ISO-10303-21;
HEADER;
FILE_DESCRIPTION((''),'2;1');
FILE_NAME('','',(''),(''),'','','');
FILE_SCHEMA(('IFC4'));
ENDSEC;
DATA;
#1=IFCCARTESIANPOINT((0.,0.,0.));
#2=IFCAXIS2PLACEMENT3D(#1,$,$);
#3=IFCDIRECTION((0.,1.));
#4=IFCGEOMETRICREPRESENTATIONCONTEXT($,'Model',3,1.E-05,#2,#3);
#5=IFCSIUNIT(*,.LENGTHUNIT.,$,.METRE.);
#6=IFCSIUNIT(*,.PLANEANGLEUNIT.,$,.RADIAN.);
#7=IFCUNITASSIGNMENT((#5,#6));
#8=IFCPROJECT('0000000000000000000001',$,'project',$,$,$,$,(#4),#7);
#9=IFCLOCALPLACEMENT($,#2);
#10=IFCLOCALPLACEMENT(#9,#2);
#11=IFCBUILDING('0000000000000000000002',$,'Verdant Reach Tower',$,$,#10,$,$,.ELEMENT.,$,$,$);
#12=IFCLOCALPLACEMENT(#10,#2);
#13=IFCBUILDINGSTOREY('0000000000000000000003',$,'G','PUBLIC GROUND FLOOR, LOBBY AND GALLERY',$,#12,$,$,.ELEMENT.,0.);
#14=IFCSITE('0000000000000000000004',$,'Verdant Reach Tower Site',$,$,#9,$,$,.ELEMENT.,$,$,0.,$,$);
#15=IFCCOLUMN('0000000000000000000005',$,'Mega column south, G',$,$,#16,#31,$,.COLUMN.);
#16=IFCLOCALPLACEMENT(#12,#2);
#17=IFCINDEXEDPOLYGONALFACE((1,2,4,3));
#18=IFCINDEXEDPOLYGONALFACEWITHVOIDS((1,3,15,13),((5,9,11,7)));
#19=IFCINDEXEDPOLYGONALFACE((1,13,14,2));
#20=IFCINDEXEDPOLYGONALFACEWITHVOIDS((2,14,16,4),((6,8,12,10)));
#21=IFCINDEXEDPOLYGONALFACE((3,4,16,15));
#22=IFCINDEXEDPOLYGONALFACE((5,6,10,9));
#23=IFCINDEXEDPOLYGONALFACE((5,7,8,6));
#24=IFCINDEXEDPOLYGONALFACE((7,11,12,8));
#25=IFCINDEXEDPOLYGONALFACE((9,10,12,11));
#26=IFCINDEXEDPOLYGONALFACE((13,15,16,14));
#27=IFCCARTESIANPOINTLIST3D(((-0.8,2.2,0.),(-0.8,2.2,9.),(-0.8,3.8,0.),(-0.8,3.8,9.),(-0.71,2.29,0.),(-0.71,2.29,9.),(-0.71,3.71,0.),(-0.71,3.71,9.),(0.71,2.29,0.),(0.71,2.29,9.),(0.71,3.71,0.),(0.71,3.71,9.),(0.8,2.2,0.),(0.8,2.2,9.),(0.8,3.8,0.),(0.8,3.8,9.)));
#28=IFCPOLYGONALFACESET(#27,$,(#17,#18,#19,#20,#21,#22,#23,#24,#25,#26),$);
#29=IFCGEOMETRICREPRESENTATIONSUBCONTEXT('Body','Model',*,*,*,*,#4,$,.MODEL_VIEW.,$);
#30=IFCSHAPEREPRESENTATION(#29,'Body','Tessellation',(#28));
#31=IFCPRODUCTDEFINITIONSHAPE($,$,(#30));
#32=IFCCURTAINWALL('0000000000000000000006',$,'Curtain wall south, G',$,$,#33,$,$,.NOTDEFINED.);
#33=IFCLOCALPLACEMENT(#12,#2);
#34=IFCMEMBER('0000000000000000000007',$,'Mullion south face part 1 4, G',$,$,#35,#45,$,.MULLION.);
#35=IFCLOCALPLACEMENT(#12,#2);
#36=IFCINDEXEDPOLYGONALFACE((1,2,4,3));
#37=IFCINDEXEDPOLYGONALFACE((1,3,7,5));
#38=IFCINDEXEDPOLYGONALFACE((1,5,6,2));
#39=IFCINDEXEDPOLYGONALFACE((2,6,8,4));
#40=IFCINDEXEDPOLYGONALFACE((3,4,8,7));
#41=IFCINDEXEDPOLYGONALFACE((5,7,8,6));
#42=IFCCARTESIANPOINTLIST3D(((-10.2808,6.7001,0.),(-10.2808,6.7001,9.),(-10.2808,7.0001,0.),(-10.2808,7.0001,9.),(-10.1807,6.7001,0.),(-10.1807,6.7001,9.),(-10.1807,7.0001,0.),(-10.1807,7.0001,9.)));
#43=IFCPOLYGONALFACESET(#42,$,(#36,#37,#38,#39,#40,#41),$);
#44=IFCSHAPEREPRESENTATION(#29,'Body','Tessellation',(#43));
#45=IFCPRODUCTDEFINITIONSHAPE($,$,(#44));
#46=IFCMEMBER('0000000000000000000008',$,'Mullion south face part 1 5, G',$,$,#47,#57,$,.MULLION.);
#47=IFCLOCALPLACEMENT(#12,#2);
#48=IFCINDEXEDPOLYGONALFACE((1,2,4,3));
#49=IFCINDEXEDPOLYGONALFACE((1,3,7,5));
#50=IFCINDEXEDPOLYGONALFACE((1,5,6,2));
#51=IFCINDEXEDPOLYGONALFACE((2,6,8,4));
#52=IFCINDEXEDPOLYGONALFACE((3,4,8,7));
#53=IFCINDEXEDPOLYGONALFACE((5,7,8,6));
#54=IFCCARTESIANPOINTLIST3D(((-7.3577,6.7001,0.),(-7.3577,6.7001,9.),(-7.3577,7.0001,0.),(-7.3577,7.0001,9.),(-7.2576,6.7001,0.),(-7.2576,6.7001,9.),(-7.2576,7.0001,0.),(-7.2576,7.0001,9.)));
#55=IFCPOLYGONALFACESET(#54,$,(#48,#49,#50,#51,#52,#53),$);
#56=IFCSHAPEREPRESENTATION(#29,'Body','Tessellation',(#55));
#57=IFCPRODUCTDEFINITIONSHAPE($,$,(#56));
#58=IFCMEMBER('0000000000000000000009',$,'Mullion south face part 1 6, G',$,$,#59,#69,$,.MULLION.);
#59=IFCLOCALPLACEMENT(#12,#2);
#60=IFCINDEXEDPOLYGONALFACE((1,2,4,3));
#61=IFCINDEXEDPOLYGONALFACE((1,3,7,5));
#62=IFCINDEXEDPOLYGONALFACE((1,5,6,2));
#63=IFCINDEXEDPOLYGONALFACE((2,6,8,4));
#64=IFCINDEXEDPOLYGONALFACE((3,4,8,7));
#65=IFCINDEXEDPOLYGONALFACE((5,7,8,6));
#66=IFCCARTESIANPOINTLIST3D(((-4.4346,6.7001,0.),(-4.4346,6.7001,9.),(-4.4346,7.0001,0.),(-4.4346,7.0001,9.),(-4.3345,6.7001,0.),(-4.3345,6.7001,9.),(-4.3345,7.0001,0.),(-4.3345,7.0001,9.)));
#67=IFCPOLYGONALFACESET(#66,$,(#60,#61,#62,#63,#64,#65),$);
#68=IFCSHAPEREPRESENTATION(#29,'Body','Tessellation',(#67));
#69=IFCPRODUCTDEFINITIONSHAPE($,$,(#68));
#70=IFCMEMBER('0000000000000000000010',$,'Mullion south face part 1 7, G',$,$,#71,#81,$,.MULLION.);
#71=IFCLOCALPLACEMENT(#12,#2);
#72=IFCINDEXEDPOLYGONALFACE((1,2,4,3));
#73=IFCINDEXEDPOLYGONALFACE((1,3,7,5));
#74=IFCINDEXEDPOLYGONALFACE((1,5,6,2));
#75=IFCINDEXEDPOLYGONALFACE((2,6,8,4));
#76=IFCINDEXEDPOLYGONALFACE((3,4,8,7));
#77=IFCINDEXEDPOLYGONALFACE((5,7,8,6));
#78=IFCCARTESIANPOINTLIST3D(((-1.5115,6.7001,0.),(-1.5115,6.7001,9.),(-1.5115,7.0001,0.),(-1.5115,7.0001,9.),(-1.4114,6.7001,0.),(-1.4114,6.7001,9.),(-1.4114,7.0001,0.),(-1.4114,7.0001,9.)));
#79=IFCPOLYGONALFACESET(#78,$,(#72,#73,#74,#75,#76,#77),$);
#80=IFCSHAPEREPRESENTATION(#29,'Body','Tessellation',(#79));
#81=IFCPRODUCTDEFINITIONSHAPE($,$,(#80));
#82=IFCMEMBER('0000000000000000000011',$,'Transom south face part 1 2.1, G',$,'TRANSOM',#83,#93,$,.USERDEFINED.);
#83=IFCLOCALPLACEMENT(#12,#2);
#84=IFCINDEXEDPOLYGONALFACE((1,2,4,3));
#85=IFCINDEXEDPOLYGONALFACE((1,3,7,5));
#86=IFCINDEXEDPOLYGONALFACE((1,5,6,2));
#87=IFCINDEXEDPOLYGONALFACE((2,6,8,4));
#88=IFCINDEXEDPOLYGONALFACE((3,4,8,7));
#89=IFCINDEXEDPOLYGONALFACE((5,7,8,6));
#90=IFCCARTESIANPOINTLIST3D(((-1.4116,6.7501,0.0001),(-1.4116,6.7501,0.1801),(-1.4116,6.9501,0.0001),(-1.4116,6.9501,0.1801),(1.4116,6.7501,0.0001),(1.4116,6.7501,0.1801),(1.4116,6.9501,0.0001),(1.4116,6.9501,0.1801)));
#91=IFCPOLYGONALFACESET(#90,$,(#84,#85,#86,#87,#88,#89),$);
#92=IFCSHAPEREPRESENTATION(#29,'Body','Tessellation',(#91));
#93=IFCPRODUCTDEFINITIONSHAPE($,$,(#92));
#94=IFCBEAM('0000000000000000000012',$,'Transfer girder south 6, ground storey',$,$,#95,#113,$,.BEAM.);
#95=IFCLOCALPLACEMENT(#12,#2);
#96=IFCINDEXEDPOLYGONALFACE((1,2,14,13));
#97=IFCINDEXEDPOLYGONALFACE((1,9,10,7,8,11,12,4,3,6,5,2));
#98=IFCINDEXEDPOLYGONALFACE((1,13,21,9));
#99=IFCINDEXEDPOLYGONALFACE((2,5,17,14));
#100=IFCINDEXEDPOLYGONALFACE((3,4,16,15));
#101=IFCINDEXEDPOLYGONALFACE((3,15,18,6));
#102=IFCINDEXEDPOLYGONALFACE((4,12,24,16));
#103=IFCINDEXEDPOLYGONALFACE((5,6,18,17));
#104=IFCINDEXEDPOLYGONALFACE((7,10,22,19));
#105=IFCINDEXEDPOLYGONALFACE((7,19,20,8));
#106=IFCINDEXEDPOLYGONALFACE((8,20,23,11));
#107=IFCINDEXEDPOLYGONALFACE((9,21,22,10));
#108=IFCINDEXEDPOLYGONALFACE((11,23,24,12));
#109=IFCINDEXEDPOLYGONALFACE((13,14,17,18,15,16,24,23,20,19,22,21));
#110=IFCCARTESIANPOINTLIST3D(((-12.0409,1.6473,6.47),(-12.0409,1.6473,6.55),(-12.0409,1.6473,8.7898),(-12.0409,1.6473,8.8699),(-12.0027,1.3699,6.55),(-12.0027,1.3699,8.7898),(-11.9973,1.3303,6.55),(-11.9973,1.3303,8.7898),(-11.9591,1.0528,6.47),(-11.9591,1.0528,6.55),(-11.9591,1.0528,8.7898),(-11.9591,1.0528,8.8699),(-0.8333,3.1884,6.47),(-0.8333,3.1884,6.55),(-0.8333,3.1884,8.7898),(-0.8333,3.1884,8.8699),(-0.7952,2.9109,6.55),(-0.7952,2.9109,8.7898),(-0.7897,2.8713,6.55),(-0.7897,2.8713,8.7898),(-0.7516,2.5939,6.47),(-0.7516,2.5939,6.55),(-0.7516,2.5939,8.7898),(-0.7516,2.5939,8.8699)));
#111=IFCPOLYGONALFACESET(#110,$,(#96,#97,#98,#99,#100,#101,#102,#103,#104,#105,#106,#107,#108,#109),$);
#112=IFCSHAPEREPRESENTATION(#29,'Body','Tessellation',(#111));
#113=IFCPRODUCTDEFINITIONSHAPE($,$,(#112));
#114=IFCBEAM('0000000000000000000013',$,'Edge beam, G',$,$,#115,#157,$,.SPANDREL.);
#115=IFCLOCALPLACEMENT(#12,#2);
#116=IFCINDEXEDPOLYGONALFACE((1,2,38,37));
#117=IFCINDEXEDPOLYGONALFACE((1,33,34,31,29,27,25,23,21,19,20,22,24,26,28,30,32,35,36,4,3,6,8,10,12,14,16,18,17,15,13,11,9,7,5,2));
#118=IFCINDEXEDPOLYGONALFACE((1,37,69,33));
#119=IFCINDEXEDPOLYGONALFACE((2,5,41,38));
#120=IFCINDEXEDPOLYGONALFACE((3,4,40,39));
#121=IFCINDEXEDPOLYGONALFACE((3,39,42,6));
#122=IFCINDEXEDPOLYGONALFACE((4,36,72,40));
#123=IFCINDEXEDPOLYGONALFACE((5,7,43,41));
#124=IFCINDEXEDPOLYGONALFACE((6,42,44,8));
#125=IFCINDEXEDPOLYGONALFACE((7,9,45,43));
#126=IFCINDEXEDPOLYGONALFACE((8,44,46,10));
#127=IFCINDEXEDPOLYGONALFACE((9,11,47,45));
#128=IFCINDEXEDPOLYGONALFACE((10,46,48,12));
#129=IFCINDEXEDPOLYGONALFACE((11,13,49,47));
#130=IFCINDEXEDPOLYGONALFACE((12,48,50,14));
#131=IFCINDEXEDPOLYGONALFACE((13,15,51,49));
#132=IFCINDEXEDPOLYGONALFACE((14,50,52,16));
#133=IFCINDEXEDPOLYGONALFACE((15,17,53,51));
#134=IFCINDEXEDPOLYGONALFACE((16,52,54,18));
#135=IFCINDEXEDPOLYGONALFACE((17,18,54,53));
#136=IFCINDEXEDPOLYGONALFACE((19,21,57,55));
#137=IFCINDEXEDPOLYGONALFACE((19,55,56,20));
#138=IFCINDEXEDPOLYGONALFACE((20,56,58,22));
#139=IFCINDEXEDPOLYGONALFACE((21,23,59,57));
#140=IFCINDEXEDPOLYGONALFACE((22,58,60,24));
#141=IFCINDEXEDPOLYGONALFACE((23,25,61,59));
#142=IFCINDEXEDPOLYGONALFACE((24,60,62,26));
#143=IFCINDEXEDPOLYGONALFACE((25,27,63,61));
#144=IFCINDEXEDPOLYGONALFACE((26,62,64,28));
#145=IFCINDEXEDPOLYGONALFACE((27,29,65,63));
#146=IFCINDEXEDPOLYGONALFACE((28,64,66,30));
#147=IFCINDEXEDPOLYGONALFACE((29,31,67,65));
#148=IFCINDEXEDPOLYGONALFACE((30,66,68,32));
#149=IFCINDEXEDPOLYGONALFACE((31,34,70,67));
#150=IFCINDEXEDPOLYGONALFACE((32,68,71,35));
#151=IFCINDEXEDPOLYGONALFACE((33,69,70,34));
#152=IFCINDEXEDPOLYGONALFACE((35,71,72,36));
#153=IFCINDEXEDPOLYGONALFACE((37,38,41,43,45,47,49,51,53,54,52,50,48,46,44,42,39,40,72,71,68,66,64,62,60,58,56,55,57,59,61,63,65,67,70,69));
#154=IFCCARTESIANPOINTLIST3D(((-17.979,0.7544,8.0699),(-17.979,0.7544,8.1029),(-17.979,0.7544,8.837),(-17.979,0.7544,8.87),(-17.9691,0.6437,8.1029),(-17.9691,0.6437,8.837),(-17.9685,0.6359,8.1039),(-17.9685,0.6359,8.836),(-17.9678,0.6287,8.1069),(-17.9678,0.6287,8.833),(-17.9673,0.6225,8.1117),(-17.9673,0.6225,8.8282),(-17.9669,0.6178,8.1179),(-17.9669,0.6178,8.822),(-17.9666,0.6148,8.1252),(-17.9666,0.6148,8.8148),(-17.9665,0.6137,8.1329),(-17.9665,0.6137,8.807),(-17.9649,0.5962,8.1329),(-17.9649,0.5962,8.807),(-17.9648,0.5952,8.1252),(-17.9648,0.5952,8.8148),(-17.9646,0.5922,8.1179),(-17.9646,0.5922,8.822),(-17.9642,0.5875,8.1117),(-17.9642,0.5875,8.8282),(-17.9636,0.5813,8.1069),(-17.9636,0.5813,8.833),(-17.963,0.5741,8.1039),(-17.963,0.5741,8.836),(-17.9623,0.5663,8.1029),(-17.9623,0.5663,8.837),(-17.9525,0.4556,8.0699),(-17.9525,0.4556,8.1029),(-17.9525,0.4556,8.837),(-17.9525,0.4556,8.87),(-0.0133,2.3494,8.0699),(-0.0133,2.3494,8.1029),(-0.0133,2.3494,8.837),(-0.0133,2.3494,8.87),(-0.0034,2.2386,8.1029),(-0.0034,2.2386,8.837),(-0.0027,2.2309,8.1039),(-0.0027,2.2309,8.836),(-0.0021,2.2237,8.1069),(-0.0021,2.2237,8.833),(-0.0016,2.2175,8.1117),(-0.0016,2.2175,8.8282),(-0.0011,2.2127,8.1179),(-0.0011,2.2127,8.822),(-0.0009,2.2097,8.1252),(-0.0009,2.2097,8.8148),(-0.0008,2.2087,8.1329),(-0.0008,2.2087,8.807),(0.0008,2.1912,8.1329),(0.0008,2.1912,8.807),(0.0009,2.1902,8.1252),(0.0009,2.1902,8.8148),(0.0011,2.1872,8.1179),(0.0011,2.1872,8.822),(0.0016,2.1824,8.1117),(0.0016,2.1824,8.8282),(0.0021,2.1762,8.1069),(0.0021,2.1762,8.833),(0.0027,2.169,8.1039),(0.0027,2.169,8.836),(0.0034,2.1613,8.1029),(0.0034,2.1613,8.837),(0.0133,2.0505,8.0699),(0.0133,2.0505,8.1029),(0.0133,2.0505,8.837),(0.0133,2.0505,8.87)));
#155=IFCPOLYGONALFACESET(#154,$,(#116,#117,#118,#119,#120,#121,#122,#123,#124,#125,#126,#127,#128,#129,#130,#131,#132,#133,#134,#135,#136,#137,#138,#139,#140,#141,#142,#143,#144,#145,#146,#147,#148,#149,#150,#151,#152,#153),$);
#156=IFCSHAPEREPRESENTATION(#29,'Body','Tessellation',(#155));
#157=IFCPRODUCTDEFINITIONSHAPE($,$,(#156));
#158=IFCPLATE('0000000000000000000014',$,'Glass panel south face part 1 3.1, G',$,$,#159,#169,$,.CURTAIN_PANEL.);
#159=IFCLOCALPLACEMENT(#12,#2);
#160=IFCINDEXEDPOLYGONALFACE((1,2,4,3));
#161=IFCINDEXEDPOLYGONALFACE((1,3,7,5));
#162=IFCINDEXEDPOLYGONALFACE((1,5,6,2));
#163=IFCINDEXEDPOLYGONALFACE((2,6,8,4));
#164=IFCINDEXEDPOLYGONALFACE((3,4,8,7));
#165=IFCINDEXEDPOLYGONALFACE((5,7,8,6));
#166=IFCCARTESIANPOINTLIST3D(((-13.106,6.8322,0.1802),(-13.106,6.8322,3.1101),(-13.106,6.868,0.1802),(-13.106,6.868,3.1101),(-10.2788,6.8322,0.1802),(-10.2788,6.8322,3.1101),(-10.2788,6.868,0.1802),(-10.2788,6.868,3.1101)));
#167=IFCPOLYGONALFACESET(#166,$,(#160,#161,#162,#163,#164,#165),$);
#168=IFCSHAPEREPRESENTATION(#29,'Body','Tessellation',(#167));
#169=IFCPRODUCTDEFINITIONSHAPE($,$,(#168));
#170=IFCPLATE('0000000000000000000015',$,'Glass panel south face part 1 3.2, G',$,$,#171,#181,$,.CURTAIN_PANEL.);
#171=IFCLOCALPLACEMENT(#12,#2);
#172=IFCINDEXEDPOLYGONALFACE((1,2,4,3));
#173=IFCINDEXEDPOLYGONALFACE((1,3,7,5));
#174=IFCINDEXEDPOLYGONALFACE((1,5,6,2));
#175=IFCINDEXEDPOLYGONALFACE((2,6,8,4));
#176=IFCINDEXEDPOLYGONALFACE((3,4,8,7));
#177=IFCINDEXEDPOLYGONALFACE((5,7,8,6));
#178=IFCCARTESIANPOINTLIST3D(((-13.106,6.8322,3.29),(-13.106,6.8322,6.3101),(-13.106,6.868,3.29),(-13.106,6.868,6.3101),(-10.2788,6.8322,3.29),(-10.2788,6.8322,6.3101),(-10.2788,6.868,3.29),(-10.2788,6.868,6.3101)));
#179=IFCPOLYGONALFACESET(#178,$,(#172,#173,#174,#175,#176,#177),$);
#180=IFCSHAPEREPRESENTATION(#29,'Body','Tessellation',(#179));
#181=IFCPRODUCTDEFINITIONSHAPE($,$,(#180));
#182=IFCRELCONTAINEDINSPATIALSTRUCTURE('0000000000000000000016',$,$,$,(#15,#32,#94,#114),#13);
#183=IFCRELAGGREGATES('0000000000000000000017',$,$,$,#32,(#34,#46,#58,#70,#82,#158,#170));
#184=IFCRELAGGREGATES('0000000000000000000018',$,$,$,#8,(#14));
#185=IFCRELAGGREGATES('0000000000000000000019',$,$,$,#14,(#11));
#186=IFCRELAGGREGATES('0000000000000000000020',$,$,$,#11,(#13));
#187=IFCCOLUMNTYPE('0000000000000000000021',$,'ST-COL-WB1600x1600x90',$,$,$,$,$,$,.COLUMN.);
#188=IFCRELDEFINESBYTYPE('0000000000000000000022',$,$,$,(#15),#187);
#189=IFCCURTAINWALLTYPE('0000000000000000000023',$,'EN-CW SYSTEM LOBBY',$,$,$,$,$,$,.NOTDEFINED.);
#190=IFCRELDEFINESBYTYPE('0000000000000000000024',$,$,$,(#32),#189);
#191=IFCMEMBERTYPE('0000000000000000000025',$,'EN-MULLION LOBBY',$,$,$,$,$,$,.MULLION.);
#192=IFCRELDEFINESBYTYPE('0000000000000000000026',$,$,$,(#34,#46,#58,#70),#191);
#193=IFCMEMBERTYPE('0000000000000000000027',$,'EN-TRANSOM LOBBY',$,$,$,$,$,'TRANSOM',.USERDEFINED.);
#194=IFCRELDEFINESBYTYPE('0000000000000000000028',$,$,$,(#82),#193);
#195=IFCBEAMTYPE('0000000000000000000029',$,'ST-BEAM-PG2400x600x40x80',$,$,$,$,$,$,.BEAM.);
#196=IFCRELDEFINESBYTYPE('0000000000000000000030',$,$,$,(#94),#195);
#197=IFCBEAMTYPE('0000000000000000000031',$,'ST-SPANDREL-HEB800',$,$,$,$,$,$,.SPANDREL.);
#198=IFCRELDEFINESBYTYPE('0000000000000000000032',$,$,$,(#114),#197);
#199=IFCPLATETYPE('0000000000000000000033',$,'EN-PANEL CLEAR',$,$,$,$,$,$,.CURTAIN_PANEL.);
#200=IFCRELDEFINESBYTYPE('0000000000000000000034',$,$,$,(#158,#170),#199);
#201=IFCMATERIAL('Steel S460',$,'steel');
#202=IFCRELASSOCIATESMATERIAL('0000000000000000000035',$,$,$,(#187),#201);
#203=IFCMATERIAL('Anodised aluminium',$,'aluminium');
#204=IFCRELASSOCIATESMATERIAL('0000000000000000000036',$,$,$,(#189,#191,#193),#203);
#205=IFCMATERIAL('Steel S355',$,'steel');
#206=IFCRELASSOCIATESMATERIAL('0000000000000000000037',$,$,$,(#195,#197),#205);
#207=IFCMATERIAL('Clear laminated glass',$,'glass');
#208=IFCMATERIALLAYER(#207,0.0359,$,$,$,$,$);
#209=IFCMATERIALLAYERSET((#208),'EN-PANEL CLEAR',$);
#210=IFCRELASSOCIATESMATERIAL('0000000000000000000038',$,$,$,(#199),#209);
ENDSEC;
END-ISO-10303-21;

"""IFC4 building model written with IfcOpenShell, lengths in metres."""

from ifc_helpers import new_model, si_unit, direction, frame, origin, origin_2d, place, context, subcontext, project, spatial, rectangle, hollow_rectangle, i_section, extrude, material, layer, layer_set, material_profile, profile_set, type_object, element, aggregate, save


model = new_model("IFC4")

# Units and contexts
model_context = context("Model", 3, precision=1e-05, world=origin(), true_north=direction((0.0, 1.0)))
body_context = subcontext(model_context, "Body", "Model", "MODEL_VIEW")
ifc_project = project(units=[si_unit("LENGTHUNIT", "METRE"), si_unit("PLANEANGLEUNIT", "RADIAN")], contexts=[model_context])

# Site, building, storey
site_placement = place(None, origin())
site = spatial("IfcSite", under=ifc_project, at=site_placement, Name="Verdant Reach Tower Site", CompositionType="ELEMENT", RefElevation=0.0)
building_placement = place(site_placement, origin())
building = spatial("IfcBuilding", under=site, at=building_placement, Name="Verdant Reach Tower", CompositionType="ELEMENT")
storey_placement = place(building_placement, origin())
storey = spatial("IfcBuildingStorey", under=building, at=storey_placement, Name="G", Description="PUBLIC GROUND FLOOR, LOBBY AND GALLERY", CompositionType="ELEMENT", Elevation=0.0)

# Column
ifc_material_1 = material(Name="Steel S460", Category="steel")
ifc_material_profile_1 = material_profile(ifc_material_1, hollow_rectangle(XDim=1.6001, YDim=1.6001, WallThickness=0.0901, at=origin_2d()), Name="WB 1600x1600x90")
ifc_profile_set_1 = profile_set([ifc_material_profile_1], Name="Steel S460")
column_type = type_object("IfcColumnType", Name="ST-COL-WB1600x1600x90", PredefinedType="COLUMN", material=ifc_profile_set_1)
column_placement = place(storey_placement, frame((0.0, 3.0, 0.0), z_axis=(0.0, 0.0, 1.0), x_axis=(1.0, 0.0, 0.0)))
element("IfcColumn", 1, at=column_placement, inside=storey, type_object=column_type, Name="Mega column south, G", PredefinedType="COLUMN", context=body_context, shape_type="SweptSolid", body=[
    extrude(hollow_rectangle(XDim=1.6001, YDim=1.6001, WallThickness=0.0901, at=origin_2d()), origin(), (0.0, 0.0, 1.0), 9.0),
])

# Curtain wall, members
ifc_material_2 = material(Name="Anodised aluminium", Category="aluminium")
curtain_wall_type = type_object("IfcCurtainWallType", Name="EN-CW SYSTEM LOBBY", PredefinedType="NOTDEFINED", material=ifc_material_2)
curtain_wall_placement = place(storey_placement, origin())
curtain_wall = element("IfcCurtainWall", 2, at=curtain_wall_placement, inside=storey, type_object=curtain_wall_type, Name="Curtain wall south, G", PredefinedType="NOTDEFINED")
ifc_material_profile_2 = material_profile(ifc_material_2, rectangle(XDim=0.3, YDim=0.1001, at=origin_2d()), Name="Mullion 100x300")
ifc_profile_set_2 = profile_set([ifc_material_profile_2], Name="Anodised aluminium")
member_type_1 = type_object("IfcMemberType", Name="EN-MULLION LOBBY", PredefinedType="MULLION", material=ifc_profile_set_2)
member_1_placement = place(storey_placement, frame((-10.2307, 6.8501, 0.0), z_axis=(0.0, 0.0, 1.0), x_axis=(0.0, -1.0, 0.0)))
member_1 = element("IfcMember", 3, at=member_1_placement, type_object=member_type_1, Name="Mullion south face part 1 4, G", PredefinedType="MULLION", context=body_context, shape_type="SweptSolid", body=[
    extrude(rectangle(XDim=0.3, YDim=0.1001, at=origin_2d()), origin(), (0.0, 0.0, 1.0), 9.0),
])
member_2_placement = place(storey_placement, frame((-7.3076, 6.8501, 0.0), z_axis=(0.0, 0.0, 1.0), x_axis=(0.0, -1.0, 0.0)))
member_2 = element("IfcMember", 4, at=member_2_placement, type_object=member_type_1, Name="Mullion south face part 1 5, G", PredefinedType="MULLION", context=body_context, shape_type="SweptSolid", body=[
    extrude(rectangle(XDim=0.3, YDim=0.1001, at=origin_2d()), origin(), (0.0, 0.0, 1.0), 9.0),
])
member_3_placement = place(storey_placement, frame((-4.3845, 6.8501, 0.0), z_axis=(0.0, 0.0, 1.0), x_axis=(0.0, -1.0, 0.0)))
member_3 = element("IfcMember", 5, at=member_3_placement, type_object=member_type_1, Name="Mullion south face part 1 6, G", PredefinedType="MULLION", context=body_context, shape_type="SweptSolid", body=[
    extrude(rectangle(XDim=0.3, YDim=0.1001, at=origin_2d()), origin(), (0.0, 0.0, 1.0), 9.0),
])
member_4_placement = place(storey_placement, frame((-1.4614, 6.8501, 0.0), z_axis=(0.0, 0.0, 1.0), x_axis=(0.0, -1.0, 0.0)))
member_4 = element("IfcMember", 6, at=member_4_placement, type_object=member_type_1, Name="Mullion south face part 1 7, G", PredefinedType="MULLION", context=body_context, shape_type="SweptSolid", body=[
    extrude(rectangle(XDim=0.3, YDim=0.1001, at=origin_2d()), origin(), (0.0, 0.0, 1.0), 9.0),
])
ifc_material_profile_3 = material_profile(ifc_material_2, rectangle(XDim=0.2, YDim=0.1799, at=origin_2d()), Name="Transom 180x200")
ifc_profile_set_3 = profile_set([ifc_material_profile_3], Name="Anodised aluminium")
member_type_2 = type_object("IfcMemberType", Name="EN-TRANSOM LOBBY", ElementType="TRANSOM", PredefinedType="USERDEFINED", material=ifc_profile_set_3)
member_5_placement = place(storey_placement, frame((-1.4116, 6.8501, 0.0901), z_axis=(1.0, 0.0, 0.0), x_axis=(0.0, 1.0, 0.0)))
member_5 = element("IfcMember", 7, at=member_5_placement, type_object=member_type_2, Name="Transom south face part 1 2.1, G", ObjectType="TRANSOM", PredefinedType="USERDEFINED", context=body_context, shape_type="SweptSolid", body=[
    extrude(rectangle(XDim=0.2, YDim=0.1799, at=origin_2d()), origin(), (0.0, 0.0, 1.0), 2.8232),
])

# Beams
ifc_material_3 = material(Name="Steel S355", Category="steel")
ifc_material_profile_4 = material_profile(ifc_material_3, i_section(OverallWidth=0.6001, OverallDepth=2.3999, WebThickness=0.04, FlangeThickness=0.0801, at=origin_2d()), Name="PG 2400x600x40x80")
ifc_profile_set_4 = profile_set([ifc_material_profile_4], Name="Steel S355")
beam_type_1 = type_object("IfcBeamType", Name="ST-BEAM-PG2400x600x40x80", PredefinedType="BEAM", material=ifc_profile_set_4)
beam_1_placement = place(storey_placement, frame((-12.0, 1.3501, 7.6699), z_axis=(0.990679, 0.136217, 0.0), x_axis=(-0.136217, 0.990679, 0.0)))
element("IfcBeam", 8, at=beam_1_placement, inside=storey, type_object=beam_type_1, Name="Transfer girder south 6, ground storey", PredefinedType="BEAM", context=body_context, shape_type="SweptSolid", body=[
    extrude(i_section(OverallWidth=0.6001, OverallDepth=2.3999, WebThickness=0.04, FlangeThickness=0.0801, at=origin_2d()), origin(), (0.0, 0.0, 1.0), 11.313),
])
ifc_material_profile_5 = material_profile(ifc_material_3, i_section(OverallWidth=0.3, OverallDepth=0.8, WebThickness=0.0176, FlangeThickness=0.033, FilletRadius=0.03, at=origin_2d()), Name="HEB 800")
ifc_profile_set_5 = profile_set([ifc_material_profile_5], Name="Steel S355")
beam_type_2 = type_object("IfcBeamType", Name="ST-SPANDREL-HEB800", PredefinedType="SPANDREL", material=ifc_profile_set_5)
beam_2_placement = place(storey_placement, frame((0.0, 2.2, 8.47), z_axis=(-0.996082, -0.08843, 0.0), x_axis=(0.08843, -0.996082, 0.0)))
element("IfcBeam", 9, at=beam_2_placement, inside=storey, type_object=beam_type_2, Name="Edge beam, G", PredefinedType="SPANDREL", context=body_context, shape_type="SweptSolid", body=[
    extrude(i_section(OverallWidth=0.3, OverallDepth=0.8, WebThickness=0.0176, FlangeThickness=0.033, FilletRadius=0.03, at=origin_2d()), origin(), (0.0, 0.0, 1.0), 18.0364),
])

# Plates
ifc_material_4 = material(Name="Clear laminated glass", Category="glass")
ifc_layer_1 = layer(ifc_material_4, 0.0359)
ifc_layer_set_1 = layer_set([ifc_layer_1], Name="EN-PANEL CLEAR")
plate_type = type_object("IfcPlateType", Name="EN-PANEL CLEAR", PredefinedType="CURTAIN_PANEL", material=ifc_layer_set_1)
plate_1_placement = place(storey_placement, frame((-11.6924, 6.8501, 0.1802), z_axis=(0.0, 0.0, 1.0), x_axis=(1.0, 0.0, 0.0)))
plate_1 = element("IfcPlate", 10, at=plate_1_placement, type_object=plate_type, Name="Glass panel south face part 1 3.1, G", PredefinedType="CURTAIN_PANEL", context=body_context, shape_type="SweptSolid", body=[
    extrude(rectangle(XDim=2.8271, YDim=0.0359, at=origin_2d()), origin(), (0.0, 0.0, 1.0), 2.9299),
])
plate_2_placement = place(storey_placement, frame((-11.6924, 6.8501, 3.29), z_axis=(0.0, 0.0, 1.0), x_axis=(1.0, 0.0, 0.0)))
plate_2 = element("IfcPlate", 11, at=plate_2_placement, type_object=plate_type, Name="Glass panel south face part 1 3.2, G", PredefinedType="CURTAIN_PANEL", context=body_context, shape_type="SweptSolid", body=[
    extrude(rectangle(XDim=2.8271, YDim=0.0359, at=origin_2d()), origin(), (0.0, 0.0, 1.0), 3.02),
])
aggregate(curtain_wall, [member_1, member_2, member_3, member_4, member_5, plate_1, plate_2])

save(model, "model.ifc")
